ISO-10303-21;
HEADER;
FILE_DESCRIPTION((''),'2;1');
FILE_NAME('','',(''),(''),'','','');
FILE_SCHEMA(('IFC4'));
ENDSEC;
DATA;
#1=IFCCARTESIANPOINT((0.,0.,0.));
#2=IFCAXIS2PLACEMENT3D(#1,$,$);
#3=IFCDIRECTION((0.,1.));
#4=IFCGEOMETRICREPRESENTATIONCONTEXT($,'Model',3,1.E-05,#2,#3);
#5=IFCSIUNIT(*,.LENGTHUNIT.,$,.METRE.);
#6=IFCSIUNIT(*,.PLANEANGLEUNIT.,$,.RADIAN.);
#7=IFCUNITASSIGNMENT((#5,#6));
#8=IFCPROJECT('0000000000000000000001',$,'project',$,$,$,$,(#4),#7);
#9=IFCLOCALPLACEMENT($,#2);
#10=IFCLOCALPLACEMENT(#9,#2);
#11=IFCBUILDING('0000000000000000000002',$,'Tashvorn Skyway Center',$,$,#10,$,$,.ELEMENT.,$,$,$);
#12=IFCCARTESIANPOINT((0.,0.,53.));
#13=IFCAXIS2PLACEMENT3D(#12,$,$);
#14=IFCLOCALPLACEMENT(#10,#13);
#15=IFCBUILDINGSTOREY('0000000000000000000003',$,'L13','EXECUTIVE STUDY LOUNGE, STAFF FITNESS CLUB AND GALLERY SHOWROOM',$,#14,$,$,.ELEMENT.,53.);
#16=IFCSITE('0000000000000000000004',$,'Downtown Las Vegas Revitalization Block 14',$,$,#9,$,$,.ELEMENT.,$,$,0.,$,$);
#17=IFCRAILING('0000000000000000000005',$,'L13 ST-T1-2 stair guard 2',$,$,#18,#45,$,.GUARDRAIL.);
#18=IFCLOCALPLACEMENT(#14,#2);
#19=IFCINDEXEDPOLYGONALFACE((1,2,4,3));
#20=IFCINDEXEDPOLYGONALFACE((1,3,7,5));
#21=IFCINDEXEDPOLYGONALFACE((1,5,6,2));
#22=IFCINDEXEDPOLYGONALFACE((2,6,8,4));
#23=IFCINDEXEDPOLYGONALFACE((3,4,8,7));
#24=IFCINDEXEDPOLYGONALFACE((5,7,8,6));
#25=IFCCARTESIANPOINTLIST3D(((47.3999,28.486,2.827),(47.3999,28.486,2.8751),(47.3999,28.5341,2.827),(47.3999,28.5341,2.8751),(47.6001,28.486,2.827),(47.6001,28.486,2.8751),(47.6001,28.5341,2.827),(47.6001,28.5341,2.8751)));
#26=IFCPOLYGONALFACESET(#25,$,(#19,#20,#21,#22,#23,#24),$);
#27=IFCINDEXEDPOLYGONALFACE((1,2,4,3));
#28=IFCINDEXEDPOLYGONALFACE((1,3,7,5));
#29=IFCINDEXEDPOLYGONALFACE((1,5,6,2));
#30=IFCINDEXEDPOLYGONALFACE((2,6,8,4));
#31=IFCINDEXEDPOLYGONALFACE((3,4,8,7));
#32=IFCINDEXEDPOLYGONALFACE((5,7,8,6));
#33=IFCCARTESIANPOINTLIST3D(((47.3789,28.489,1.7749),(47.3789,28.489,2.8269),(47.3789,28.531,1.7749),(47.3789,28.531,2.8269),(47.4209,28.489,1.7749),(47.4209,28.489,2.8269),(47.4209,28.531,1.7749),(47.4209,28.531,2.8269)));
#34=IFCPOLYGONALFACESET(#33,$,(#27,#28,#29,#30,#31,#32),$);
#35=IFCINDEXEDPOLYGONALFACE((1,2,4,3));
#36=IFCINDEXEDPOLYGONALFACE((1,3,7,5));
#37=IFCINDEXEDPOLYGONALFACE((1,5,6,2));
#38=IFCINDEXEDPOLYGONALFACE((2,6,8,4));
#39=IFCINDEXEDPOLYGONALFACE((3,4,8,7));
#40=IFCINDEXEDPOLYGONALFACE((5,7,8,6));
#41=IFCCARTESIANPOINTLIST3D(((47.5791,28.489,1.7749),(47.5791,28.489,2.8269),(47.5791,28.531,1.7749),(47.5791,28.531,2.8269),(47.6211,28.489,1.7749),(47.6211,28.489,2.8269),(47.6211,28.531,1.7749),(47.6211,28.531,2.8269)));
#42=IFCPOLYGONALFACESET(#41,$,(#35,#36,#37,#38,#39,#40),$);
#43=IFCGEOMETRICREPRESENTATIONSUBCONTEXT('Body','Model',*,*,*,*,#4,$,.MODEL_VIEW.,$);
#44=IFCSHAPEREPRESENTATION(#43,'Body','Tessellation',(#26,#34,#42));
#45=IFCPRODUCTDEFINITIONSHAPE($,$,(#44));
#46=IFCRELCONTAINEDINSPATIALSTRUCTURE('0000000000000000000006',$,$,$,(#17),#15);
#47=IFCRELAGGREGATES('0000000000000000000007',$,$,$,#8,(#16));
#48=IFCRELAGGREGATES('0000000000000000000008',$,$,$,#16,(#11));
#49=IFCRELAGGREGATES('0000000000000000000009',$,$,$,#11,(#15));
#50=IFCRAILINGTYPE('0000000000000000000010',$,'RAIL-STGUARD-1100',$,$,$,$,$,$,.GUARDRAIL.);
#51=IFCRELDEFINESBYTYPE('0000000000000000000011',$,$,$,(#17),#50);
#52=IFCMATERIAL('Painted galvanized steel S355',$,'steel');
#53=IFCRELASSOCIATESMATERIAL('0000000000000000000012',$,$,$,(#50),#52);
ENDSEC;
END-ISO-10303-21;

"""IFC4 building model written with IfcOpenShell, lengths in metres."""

from ifc_helpers import new_model, si_unit, direction, frame, origin, origin_2d, place, context, subcontext, project, spatial, rectangle, extrude, material, type_object, element, save


model = new_model("IFC4")

# Units and contexts
model_context = context("Model", 3, precision=1e-05, world=origin(), true_north=direction((0.0, 1.0)))
body_context = subcontext(model_context, "Body", "Model", "MODEL_VIEW")
ifc_project = project(units=[si_unit("LENGTHUNIT", "METRE"), si_unit("PLANEANGLEUNIT", "RADIAN")], contexts=[model_context])

# Site, building, storey
site_placement = place(None, origin())
site = spatial("IfcSite", under=ifc_project, at=site_placement, Name="Downtown Las Vegas Revitalization Block 14", CompositionType="ELEMENT", RefElevation=0.0)
building_placement = place(site_placement, origin())
building = spatial("IfcBuilding", under=site, at=building_placement, Name="Tashvorn Skyway Center", CompositionType="ELEMENT")
storey_placement = place(building_placement, frame((0.0, 0.0, 53.0)))
storey = spatial("IfcBuildingStorey", under=building, at=storey_placement, Name="L13", Description="EXECUTIVE STUDY LOUNGE, STAFF FITNESS CLUB AND GALLERY SHOWROOM", CompositionType="ELEMENT", Elevation=53.0)

# Railing
ifc_material_1 = material(Name="Painted galvanized steel S355", Category="steel")
railing_type_1 = type_object("IfcRailingType", Name="RAIL-STGUARD-1100", PredefinedType="GUARDRAIL", material=ifc_material_1)
railing_1_placement = place(storey_placement, frame((47.3999, 28.51, 1.7749)))
element("IfcRailing", 1, at=railing_1_placement, inside=storey, type_object=railing_type_1, Name="L13 ST-T1-2 stair guard 2", PredefinedType="GUARDRAIL", context=body_context, shape_type="SweptSolid", body=[
    extrude(rectangle(XDim=0.0481, YDim=0.0481, at=origin_2d()), frame((0.0, 0.0, 1.0762), z_axis=(1.0, 0.0, 0.0), x_axis=(0.0, 1.0, 0.0)), (0.0, 0.0, 1.0), 0.2002),
    extrude(rectangle(XDim=0.042, YDim=0.042, at=origin_2d()), origin(), (0.0, 0.0, 1.0), 1.052),
    extrude(rectangle(XDim=0.042, YDim=0.042, at=origin_2d()), frame((0.2002, 0.0, 0.0)), (0.0, 0.0, 1.0), 1.052),
])

save(model, "model.ifc")
